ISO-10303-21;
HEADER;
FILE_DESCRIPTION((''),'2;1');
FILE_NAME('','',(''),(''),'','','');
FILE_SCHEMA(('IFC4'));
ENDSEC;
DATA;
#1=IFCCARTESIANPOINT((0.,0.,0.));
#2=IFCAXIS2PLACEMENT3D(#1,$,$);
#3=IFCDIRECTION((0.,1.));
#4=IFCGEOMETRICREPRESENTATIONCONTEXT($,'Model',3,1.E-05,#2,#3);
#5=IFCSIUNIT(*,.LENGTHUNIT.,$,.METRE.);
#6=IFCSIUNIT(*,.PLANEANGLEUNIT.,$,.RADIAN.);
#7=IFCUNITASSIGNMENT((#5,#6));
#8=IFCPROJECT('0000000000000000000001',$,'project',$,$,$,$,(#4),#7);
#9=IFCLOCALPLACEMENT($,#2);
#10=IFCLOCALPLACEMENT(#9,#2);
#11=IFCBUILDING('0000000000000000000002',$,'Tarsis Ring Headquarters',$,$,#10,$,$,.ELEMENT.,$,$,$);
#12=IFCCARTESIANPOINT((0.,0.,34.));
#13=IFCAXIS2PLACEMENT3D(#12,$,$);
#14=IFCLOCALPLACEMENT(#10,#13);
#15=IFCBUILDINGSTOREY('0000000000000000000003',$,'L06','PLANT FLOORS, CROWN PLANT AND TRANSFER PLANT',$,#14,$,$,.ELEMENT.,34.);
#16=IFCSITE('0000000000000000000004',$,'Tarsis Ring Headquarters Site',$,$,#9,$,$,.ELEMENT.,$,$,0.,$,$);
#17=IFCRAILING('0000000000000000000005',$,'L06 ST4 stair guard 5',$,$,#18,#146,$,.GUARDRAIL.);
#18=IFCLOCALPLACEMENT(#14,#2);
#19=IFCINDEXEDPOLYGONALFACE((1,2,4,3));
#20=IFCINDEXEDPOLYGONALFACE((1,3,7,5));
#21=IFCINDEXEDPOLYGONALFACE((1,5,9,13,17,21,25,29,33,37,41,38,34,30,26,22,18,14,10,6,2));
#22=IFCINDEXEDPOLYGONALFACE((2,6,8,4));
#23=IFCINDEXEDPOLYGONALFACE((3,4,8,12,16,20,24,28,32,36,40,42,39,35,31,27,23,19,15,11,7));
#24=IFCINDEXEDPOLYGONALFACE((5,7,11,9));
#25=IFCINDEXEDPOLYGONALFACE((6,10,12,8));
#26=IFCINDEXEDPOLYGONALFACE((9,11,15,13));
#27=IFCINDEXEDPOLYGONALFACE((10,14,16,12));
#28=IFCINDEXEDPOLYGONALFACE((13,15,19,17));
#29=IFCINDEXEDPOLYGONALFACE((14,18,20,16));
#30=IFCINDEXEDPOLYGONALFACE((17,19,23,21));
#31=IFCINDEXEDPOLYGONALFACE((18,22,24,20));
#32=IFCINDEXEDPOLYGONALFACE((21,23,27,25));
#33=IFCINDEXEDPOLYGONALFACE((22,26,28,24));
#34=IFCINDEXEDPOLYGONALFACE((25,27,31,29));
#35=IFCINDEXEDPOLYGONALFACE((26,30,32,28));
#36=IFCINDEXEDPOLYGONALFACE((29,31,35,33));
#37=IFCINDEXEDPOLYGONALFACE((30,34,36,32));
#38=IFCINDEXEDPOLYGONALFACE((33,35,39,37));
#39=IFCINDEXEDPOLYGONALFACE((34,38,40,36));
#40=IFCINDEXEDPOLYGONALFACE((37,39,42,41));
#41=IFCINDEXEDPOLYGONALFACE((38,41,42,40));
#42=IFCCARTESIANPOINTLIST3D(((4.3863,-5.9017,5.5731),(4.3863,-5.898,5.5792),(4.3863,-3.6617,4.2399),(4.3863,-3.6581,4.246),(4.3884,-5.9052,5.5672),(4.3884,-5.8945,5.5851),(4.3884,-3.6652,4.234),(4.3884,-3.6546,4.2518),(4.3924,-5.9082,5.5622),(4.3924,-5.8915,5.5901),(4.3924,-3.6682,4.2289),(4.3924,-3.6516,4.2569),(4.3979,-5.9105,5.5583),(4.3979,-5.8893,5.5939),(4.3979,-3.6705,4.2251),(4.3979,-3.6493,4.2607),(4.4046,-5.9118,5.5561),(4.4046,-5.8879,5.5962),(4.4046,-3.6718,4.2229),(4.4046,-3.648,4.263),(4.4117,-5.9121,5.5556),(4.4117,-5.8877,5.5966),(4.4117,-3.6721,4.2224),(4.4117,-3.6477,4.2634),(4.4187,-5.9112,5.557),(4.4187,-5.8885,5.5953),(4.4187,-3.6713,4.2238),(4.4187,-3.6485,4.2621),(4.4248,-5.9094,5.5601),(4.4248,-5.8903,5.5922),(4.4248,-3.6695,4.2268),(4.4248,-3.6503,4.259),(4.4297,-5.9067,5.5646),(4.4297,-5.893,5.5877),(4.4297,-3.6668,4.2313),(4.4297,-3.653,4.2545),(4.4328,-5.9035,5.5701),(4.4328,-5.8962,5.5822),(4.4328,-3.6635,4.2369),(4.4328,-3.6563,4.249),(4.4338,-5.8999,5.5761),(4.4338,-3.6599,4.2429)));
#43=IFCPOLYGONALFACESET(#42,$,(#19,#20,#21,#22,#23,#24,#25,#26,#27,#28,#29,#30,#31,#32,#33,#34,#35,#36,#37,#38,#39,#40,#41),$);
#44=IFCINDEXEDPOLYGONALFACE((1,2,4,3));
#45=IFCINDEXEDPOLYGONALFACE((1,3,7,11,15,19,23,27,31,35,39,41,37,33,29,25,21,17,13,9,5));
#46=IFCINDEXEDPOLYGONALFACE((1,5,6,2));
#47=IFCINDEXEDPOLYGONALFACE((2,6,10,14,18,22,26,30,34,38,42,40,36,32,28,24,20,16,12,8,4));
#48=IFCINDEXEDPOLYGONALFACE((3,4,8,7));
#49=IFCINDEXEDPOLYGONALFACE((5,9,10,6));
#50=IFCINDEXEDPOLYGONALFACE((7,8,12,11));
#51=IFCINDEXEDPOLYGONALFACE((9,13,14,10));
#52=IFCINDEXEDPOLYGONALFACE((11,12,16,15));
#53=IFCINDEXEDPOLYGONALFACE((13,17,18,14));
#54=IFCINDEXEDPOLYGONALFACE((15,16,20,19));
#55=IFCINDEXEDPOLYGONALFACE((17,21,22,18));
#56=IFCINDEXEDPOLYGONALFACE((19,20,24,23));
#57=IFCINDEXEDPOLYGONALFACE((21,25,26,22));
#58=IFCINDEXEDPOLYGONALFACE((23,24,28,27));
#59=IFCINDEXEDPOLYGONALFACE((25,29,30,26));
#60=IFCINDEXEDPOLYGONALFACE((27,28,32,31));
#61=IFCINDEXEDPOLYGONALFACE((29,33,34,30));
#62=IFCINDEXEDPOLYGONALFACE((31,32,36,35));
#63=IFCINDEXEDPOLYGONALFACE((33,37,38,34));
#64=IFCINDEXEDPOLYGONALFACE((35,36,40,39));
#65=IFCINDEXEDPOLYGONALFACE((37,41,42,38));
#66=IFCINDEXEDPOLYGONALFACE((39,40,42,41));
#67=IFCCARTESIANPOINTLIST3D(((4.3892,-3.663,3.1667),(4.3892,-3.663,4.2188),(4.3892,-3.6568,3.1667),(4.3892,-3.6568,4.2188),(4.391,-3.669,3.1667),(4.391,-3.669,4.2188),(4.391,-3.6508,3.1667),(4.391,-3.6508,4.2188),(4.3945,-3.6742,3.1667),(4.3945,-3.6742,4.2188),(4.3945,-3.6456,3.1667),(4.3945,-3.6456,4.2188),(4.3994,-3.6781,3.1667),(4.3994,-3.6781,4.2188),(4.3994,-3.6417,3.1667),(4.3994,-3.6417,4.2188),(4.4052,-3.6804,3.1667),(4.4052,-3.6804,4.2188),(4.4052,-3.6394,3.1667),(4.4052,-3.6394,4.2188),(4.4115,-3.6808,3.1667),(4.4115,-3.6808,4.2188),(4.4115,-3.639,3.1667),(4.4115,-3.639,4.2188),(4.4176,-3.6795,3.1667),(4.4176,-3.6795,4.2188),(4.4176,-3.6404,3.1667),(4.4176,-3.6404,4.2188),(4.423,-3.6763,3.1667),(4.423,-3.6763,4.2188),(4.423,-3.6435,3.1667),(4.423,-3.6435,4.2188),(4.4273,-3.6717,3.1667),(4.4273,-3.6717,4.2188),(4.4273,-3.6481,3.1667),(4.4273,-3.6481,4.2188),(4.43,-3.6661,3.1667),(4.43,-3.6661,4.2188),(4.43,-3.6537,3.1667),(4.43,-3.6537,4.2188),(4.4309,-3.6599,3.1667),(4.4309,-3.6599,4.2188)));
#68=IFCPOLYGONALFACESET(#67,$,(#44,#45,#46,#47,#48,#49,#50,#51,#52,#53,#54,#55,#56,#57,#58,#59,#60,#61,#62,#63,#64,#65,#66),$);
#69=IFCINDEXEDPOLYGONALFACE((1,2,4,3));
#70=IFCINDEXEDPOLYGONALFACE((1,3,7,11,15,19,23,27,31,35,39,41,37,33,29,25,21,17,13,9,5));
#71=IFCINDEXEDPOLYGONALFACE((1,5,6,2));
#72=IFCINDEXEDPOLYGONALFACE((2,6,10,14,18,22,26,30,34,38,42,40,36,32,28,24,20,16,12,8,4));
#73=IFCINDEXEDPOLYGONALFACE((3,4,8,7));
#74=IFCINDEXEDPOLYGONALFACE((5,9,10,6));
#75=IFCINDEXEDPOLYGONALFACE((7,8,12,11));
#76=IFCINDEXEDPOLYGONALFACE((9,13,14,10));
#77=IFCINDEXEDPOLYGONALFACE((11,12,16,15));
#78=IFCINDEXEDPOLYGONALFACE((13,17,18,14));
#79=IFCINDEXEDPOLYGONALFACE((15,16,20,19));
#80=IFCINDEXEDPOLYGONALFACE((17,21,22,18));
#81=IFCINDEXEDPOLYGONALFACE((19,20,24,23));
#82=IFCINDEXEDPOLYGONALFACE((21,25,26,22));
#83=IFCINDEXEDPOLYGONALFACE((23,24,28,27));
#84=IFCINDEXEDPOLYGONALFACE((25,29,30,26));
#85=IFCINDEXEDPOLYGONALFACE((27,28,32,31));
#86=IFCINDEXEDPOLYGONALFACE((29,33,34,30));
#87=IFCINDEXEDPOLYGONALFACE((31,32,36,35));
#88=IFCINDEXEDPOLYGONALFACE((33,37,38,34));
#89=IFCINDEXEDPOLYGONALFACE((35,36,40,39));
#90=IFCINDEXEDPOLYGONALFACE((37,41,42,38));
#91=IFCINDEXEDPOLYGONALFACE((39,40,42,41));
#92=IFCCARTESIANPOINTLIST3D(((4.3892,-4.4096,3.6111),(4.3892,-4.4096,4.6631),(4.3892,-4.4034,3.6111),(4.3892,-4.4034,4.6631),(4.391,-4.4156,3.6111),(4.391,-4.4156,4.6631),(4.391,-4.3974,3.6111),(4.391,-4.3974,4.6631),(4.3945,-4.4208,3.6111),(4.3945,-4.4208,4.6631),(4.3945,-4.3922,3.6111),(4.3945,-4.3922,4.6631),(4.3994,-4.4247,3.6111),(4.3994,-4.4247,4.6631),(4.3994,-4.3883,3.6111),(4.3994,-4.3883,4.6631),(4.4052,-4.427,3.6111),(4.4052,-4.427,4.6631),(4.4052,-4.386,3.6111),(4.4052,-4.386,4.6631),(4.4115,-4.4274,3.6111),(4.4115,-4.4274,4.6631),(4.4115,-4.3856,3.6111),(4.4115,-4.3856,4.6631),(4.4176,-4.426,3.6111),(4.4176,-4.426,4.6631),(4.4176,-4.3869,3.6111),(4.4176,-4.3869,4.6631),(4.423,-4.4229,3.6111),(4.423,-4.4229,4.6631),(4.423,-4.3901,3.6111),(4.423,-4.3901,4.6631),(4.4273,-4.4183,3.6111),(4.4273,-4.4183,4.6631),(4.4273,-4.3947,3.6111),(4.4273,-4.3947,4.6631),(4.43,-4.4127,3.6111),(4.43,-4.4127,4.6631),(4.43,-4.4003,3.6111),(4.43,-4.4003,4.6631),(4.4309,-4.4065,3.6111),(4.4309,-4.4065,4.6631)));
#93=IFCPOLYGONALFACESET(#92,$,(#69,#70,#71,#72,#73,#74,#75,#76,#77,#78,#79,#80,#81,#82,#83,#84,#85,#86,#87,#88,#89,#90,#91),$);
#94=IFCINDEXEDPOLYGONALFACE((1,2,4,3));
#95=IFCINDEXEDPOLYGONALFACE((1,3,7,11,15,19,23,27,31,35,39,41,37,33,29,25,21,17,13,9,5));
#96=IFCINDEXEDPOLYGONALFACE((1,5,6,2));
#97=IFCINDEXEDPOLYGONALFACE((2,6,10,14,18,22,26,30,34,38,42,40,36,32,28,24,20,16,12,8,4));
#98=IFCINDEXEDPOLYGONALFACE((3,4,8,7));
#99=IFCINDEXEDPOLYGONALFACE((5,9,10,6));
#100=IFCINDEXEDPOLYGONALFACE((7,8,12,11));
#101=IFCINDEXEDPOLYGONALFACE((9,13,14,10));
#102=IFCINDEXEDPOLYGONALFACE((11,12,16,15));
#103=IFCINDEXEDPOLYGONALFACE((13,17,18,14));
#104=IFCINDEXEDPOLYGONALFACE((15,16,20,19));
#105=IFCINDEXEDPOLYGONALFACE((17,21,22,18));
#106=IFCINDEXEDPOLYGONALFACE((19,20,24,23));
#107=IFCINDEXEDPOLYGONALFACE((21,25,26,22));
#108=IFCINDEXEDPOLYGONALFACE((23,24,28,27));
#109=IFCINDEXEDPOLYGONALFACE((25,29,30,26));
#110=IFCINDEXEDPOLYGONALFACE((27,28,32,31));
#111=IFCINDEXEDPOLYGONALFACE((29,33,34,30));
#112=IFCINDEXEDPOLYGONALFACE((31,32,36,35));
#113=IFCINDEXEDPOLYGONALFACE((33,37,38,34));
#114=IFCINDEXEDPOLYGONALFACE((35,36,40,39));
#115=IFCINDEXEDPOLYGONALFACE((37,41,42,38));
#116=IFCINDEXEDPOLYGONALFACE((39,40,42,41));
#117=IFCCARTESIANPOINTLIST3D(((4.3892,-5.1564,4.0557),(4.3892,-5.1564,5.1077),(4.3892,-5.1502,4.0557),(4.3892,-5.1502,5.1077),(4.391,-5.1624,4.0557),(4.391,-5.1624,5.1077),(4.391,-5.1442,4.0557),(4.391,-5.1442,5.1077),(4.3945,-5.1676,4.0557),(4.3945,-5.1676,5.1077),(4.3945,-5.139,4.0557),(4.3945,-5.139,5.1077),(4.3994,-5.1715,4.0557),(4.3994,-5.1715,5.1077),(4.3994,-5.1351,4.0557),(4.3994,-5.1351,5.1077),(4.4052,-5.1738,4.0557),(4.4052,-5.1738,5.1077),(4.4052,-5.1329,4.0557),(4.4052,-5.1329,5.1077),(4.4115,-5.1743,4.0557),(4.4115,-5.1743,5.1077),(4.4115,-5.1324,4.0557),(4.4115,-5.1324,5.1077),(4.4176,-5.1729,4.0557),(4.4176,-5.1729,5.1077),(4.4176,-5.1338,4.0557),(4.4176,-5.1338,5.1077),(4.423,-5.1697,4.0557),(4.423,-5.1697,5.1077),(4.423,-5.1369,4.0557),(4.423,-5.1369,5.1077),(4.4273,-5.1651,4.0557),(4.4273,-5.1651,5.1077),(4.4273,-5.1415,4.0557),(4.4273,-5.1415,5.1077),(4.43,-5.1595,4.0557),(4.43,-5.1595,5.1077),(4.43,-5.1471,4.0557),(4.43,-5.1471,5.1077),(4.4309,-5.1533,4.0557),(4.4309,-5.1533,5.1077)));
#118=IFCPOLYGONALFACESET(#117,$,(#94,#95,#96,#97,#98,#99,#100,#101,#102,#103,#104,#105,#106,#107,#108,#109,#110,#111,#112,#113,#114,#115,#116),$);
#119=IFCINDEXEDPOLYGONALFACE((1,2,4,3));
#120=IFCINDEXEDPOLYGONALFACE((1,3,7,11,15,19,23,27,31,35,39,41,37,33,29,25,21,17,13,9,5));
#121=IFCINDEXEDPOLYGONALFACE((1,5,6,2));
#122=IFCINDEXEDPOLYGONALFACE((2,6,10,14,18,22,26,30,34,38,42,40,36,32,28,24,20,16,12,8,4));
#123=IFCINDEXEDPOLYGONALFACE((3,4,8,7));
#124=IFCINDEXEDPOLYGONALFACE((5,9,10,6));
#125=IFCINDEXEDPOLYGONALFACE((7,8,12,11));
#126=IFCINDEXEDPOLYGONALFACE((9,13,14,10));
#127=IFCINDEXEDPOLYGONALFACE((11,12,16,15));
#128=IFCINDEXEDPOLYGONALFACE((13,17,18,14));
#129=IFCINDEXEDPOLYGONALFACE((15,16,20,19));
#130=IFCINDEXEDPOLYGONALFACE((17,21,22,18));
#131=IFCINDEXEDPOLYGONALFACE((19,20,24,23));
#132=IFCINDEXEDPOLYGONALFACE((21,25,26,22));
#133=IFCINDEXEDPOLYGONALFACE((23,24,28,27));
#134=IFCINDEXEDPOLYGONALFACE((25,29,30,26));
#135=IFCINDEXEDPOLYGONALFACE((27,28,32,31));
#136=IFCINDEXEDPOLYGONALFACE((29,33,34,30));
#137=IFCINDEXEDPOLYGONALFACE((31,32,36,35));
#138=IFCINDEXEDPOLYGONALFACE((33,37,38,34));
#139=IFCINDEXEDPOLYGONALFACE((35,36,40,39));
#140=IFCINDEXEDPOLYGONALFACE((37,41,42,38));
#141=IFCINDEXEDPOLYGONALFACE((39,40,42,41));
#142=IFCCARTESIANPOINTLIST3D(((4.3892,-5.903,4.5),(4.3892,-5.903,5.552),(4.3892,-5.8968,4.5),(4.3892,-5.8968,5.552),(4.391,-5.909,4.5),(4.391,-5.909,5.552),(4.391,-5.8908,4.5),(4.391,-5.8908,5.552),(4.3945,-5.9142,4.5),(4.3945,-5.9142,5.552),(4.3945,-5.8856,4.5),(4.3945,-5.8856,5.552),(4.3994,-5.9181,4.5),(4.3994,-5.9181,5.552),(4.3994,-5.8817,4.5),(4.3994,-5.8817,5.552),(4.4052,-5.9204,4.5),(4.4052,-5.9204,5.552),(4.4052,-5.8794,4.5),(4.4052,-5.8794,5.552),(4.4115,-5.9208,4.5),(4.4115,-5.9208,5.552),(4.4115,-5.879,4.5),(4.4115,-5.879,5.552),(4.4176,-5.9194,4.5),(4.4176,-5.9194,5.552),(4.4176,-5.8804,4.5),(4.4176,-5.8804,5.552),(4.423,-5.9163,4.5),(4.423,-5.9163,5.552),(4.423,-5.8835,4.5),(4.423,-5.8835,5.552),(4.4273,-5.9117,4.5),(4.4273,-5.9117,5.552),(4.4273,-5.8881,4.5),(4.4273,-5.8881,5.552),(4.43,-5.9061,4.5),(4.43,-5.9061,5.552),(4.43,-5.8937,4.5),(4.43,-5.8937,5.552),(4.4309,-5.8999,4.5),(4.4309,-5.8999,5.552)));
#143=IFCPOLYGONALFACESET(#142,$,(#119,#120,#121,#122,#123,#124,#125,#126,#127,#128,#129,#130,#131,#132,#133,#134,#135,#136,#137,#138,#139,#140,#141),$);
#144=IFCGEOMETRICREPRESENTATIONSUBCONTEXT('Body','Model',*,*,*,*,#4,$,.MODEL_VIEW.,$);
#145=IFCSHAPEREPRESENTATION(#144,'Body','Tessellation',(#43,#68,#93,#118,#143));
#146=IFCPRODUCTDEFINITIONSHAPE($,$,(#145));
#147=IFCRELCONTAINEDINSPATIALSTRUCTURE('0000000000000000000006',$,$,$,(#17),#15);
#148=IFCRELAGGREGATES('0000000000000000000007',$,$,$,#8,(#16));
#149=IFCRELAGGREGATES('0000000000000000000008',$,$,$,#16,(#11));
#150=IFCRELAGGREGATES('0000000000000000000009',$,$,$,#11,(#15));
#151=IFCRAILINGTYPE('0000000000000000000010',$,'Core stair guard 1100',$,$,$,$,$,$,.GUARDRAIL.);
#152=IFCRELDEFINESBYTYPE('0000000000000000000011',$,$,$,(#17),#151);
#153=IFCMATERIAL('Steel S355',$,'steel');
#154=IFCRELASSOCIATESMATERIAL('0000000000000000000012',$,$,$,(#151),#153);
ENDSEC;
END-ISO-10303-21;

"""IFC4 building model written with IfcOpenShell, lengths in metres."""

from ifc_helpers import new_model, si_unit, direction, frame, origin, origin_2d, place, context, subcontext, project, spatial, circle, extrude, material, type_object, element, save


model = new_model("IFC4")

# Units and contexts
model_context = context("Model", 3, precision=1e-05, world=origin(), true_north=direction((0.0, 1.0)))
body_context = subcontext(model_context, "Body", "Model", "MODEL_VIEW")
ifc_project = project(units=[si_unit("LENGTHUNIT", "METRE"), si_unit("PLANEANGLEUNIT", "RADIAN")], contexts=[model_context])

# Site, building, storey
site_placement = place(None, origin())
site = spatial("IfcSite", under=ifc_project, at=site_placement, Name="Tarsis Ring Headquarters Site", CompositionType="ELEMENT", RefElevation=0.0)
building_placement = place(site_placement, origin())
building = spatial("IfcBuilding", under=site, at=building_placement, Name="Tarsis Ring Headquarters", CompositionType="ELEMENT")
storey_placement = place(building_placement, frame((0.0, 0.0, 34.0)))
storey = spatial("IfcBuildingStorey", under=building, at=storey_placement, Name="L06", Description="PLANT FLOORS, CROWN PLANT AND TRANSFER PLANT", CompositionType="ELEMENT", Elevation=34.0)

# Railing
ifc_material_1 = material(Name="Steel S355", Category="steel")
railing_type_1 = type_object("IfcRailingType", Name="Core stair guard 1100", PredefinedType="GUARDRAIL", material=ifc_material_1)
for number, where, name in (
    (1, (4.4099, -3.6599, 3.1667), "L06 ST4 stair guard 5"),
):
    element("IfcRailing", number, at=place(storey_placement, frame(where)), inside=storey, type_object=railing_type_1, Name=name, PredefinedType="GUARDRAIL", context=body_context, shape_type="SweptSolid", body=[
        extrude(circle(Radius=0.0239, at=origin_2d()), frame((0.0, 0.0, 1.0762), z_axis=(0.0, -0.859306, 0.511462), x_axis=(1.0, 0.0, 0.0)), (0.0, 0.0, 1.0), 2.6067),
        extrude(circle(Radius=0.021, at=origin_2d()), origin(), (0.0, 0.0, 1.0), 1.052),
        extrude(circle(Radius=0.021, at=origin_2d()), frame((0.0, -0.7466, 0.4443)), (0.0, 0.0, 1.0), 1.052),
        extrude(circle(Radius=0.021, at=origin_2d()), frame((0.0, -1.4934, 0.8889)), (0.0, 0.0, 1.0), 1.052),
        extrude(circle(Radius=0.021, at=origin_2d()), frame((0.0, -2.24, 1.3333)), (0.0, 0.0, 1.0), 1.052),
    ])

save(model, "model.ifc")
